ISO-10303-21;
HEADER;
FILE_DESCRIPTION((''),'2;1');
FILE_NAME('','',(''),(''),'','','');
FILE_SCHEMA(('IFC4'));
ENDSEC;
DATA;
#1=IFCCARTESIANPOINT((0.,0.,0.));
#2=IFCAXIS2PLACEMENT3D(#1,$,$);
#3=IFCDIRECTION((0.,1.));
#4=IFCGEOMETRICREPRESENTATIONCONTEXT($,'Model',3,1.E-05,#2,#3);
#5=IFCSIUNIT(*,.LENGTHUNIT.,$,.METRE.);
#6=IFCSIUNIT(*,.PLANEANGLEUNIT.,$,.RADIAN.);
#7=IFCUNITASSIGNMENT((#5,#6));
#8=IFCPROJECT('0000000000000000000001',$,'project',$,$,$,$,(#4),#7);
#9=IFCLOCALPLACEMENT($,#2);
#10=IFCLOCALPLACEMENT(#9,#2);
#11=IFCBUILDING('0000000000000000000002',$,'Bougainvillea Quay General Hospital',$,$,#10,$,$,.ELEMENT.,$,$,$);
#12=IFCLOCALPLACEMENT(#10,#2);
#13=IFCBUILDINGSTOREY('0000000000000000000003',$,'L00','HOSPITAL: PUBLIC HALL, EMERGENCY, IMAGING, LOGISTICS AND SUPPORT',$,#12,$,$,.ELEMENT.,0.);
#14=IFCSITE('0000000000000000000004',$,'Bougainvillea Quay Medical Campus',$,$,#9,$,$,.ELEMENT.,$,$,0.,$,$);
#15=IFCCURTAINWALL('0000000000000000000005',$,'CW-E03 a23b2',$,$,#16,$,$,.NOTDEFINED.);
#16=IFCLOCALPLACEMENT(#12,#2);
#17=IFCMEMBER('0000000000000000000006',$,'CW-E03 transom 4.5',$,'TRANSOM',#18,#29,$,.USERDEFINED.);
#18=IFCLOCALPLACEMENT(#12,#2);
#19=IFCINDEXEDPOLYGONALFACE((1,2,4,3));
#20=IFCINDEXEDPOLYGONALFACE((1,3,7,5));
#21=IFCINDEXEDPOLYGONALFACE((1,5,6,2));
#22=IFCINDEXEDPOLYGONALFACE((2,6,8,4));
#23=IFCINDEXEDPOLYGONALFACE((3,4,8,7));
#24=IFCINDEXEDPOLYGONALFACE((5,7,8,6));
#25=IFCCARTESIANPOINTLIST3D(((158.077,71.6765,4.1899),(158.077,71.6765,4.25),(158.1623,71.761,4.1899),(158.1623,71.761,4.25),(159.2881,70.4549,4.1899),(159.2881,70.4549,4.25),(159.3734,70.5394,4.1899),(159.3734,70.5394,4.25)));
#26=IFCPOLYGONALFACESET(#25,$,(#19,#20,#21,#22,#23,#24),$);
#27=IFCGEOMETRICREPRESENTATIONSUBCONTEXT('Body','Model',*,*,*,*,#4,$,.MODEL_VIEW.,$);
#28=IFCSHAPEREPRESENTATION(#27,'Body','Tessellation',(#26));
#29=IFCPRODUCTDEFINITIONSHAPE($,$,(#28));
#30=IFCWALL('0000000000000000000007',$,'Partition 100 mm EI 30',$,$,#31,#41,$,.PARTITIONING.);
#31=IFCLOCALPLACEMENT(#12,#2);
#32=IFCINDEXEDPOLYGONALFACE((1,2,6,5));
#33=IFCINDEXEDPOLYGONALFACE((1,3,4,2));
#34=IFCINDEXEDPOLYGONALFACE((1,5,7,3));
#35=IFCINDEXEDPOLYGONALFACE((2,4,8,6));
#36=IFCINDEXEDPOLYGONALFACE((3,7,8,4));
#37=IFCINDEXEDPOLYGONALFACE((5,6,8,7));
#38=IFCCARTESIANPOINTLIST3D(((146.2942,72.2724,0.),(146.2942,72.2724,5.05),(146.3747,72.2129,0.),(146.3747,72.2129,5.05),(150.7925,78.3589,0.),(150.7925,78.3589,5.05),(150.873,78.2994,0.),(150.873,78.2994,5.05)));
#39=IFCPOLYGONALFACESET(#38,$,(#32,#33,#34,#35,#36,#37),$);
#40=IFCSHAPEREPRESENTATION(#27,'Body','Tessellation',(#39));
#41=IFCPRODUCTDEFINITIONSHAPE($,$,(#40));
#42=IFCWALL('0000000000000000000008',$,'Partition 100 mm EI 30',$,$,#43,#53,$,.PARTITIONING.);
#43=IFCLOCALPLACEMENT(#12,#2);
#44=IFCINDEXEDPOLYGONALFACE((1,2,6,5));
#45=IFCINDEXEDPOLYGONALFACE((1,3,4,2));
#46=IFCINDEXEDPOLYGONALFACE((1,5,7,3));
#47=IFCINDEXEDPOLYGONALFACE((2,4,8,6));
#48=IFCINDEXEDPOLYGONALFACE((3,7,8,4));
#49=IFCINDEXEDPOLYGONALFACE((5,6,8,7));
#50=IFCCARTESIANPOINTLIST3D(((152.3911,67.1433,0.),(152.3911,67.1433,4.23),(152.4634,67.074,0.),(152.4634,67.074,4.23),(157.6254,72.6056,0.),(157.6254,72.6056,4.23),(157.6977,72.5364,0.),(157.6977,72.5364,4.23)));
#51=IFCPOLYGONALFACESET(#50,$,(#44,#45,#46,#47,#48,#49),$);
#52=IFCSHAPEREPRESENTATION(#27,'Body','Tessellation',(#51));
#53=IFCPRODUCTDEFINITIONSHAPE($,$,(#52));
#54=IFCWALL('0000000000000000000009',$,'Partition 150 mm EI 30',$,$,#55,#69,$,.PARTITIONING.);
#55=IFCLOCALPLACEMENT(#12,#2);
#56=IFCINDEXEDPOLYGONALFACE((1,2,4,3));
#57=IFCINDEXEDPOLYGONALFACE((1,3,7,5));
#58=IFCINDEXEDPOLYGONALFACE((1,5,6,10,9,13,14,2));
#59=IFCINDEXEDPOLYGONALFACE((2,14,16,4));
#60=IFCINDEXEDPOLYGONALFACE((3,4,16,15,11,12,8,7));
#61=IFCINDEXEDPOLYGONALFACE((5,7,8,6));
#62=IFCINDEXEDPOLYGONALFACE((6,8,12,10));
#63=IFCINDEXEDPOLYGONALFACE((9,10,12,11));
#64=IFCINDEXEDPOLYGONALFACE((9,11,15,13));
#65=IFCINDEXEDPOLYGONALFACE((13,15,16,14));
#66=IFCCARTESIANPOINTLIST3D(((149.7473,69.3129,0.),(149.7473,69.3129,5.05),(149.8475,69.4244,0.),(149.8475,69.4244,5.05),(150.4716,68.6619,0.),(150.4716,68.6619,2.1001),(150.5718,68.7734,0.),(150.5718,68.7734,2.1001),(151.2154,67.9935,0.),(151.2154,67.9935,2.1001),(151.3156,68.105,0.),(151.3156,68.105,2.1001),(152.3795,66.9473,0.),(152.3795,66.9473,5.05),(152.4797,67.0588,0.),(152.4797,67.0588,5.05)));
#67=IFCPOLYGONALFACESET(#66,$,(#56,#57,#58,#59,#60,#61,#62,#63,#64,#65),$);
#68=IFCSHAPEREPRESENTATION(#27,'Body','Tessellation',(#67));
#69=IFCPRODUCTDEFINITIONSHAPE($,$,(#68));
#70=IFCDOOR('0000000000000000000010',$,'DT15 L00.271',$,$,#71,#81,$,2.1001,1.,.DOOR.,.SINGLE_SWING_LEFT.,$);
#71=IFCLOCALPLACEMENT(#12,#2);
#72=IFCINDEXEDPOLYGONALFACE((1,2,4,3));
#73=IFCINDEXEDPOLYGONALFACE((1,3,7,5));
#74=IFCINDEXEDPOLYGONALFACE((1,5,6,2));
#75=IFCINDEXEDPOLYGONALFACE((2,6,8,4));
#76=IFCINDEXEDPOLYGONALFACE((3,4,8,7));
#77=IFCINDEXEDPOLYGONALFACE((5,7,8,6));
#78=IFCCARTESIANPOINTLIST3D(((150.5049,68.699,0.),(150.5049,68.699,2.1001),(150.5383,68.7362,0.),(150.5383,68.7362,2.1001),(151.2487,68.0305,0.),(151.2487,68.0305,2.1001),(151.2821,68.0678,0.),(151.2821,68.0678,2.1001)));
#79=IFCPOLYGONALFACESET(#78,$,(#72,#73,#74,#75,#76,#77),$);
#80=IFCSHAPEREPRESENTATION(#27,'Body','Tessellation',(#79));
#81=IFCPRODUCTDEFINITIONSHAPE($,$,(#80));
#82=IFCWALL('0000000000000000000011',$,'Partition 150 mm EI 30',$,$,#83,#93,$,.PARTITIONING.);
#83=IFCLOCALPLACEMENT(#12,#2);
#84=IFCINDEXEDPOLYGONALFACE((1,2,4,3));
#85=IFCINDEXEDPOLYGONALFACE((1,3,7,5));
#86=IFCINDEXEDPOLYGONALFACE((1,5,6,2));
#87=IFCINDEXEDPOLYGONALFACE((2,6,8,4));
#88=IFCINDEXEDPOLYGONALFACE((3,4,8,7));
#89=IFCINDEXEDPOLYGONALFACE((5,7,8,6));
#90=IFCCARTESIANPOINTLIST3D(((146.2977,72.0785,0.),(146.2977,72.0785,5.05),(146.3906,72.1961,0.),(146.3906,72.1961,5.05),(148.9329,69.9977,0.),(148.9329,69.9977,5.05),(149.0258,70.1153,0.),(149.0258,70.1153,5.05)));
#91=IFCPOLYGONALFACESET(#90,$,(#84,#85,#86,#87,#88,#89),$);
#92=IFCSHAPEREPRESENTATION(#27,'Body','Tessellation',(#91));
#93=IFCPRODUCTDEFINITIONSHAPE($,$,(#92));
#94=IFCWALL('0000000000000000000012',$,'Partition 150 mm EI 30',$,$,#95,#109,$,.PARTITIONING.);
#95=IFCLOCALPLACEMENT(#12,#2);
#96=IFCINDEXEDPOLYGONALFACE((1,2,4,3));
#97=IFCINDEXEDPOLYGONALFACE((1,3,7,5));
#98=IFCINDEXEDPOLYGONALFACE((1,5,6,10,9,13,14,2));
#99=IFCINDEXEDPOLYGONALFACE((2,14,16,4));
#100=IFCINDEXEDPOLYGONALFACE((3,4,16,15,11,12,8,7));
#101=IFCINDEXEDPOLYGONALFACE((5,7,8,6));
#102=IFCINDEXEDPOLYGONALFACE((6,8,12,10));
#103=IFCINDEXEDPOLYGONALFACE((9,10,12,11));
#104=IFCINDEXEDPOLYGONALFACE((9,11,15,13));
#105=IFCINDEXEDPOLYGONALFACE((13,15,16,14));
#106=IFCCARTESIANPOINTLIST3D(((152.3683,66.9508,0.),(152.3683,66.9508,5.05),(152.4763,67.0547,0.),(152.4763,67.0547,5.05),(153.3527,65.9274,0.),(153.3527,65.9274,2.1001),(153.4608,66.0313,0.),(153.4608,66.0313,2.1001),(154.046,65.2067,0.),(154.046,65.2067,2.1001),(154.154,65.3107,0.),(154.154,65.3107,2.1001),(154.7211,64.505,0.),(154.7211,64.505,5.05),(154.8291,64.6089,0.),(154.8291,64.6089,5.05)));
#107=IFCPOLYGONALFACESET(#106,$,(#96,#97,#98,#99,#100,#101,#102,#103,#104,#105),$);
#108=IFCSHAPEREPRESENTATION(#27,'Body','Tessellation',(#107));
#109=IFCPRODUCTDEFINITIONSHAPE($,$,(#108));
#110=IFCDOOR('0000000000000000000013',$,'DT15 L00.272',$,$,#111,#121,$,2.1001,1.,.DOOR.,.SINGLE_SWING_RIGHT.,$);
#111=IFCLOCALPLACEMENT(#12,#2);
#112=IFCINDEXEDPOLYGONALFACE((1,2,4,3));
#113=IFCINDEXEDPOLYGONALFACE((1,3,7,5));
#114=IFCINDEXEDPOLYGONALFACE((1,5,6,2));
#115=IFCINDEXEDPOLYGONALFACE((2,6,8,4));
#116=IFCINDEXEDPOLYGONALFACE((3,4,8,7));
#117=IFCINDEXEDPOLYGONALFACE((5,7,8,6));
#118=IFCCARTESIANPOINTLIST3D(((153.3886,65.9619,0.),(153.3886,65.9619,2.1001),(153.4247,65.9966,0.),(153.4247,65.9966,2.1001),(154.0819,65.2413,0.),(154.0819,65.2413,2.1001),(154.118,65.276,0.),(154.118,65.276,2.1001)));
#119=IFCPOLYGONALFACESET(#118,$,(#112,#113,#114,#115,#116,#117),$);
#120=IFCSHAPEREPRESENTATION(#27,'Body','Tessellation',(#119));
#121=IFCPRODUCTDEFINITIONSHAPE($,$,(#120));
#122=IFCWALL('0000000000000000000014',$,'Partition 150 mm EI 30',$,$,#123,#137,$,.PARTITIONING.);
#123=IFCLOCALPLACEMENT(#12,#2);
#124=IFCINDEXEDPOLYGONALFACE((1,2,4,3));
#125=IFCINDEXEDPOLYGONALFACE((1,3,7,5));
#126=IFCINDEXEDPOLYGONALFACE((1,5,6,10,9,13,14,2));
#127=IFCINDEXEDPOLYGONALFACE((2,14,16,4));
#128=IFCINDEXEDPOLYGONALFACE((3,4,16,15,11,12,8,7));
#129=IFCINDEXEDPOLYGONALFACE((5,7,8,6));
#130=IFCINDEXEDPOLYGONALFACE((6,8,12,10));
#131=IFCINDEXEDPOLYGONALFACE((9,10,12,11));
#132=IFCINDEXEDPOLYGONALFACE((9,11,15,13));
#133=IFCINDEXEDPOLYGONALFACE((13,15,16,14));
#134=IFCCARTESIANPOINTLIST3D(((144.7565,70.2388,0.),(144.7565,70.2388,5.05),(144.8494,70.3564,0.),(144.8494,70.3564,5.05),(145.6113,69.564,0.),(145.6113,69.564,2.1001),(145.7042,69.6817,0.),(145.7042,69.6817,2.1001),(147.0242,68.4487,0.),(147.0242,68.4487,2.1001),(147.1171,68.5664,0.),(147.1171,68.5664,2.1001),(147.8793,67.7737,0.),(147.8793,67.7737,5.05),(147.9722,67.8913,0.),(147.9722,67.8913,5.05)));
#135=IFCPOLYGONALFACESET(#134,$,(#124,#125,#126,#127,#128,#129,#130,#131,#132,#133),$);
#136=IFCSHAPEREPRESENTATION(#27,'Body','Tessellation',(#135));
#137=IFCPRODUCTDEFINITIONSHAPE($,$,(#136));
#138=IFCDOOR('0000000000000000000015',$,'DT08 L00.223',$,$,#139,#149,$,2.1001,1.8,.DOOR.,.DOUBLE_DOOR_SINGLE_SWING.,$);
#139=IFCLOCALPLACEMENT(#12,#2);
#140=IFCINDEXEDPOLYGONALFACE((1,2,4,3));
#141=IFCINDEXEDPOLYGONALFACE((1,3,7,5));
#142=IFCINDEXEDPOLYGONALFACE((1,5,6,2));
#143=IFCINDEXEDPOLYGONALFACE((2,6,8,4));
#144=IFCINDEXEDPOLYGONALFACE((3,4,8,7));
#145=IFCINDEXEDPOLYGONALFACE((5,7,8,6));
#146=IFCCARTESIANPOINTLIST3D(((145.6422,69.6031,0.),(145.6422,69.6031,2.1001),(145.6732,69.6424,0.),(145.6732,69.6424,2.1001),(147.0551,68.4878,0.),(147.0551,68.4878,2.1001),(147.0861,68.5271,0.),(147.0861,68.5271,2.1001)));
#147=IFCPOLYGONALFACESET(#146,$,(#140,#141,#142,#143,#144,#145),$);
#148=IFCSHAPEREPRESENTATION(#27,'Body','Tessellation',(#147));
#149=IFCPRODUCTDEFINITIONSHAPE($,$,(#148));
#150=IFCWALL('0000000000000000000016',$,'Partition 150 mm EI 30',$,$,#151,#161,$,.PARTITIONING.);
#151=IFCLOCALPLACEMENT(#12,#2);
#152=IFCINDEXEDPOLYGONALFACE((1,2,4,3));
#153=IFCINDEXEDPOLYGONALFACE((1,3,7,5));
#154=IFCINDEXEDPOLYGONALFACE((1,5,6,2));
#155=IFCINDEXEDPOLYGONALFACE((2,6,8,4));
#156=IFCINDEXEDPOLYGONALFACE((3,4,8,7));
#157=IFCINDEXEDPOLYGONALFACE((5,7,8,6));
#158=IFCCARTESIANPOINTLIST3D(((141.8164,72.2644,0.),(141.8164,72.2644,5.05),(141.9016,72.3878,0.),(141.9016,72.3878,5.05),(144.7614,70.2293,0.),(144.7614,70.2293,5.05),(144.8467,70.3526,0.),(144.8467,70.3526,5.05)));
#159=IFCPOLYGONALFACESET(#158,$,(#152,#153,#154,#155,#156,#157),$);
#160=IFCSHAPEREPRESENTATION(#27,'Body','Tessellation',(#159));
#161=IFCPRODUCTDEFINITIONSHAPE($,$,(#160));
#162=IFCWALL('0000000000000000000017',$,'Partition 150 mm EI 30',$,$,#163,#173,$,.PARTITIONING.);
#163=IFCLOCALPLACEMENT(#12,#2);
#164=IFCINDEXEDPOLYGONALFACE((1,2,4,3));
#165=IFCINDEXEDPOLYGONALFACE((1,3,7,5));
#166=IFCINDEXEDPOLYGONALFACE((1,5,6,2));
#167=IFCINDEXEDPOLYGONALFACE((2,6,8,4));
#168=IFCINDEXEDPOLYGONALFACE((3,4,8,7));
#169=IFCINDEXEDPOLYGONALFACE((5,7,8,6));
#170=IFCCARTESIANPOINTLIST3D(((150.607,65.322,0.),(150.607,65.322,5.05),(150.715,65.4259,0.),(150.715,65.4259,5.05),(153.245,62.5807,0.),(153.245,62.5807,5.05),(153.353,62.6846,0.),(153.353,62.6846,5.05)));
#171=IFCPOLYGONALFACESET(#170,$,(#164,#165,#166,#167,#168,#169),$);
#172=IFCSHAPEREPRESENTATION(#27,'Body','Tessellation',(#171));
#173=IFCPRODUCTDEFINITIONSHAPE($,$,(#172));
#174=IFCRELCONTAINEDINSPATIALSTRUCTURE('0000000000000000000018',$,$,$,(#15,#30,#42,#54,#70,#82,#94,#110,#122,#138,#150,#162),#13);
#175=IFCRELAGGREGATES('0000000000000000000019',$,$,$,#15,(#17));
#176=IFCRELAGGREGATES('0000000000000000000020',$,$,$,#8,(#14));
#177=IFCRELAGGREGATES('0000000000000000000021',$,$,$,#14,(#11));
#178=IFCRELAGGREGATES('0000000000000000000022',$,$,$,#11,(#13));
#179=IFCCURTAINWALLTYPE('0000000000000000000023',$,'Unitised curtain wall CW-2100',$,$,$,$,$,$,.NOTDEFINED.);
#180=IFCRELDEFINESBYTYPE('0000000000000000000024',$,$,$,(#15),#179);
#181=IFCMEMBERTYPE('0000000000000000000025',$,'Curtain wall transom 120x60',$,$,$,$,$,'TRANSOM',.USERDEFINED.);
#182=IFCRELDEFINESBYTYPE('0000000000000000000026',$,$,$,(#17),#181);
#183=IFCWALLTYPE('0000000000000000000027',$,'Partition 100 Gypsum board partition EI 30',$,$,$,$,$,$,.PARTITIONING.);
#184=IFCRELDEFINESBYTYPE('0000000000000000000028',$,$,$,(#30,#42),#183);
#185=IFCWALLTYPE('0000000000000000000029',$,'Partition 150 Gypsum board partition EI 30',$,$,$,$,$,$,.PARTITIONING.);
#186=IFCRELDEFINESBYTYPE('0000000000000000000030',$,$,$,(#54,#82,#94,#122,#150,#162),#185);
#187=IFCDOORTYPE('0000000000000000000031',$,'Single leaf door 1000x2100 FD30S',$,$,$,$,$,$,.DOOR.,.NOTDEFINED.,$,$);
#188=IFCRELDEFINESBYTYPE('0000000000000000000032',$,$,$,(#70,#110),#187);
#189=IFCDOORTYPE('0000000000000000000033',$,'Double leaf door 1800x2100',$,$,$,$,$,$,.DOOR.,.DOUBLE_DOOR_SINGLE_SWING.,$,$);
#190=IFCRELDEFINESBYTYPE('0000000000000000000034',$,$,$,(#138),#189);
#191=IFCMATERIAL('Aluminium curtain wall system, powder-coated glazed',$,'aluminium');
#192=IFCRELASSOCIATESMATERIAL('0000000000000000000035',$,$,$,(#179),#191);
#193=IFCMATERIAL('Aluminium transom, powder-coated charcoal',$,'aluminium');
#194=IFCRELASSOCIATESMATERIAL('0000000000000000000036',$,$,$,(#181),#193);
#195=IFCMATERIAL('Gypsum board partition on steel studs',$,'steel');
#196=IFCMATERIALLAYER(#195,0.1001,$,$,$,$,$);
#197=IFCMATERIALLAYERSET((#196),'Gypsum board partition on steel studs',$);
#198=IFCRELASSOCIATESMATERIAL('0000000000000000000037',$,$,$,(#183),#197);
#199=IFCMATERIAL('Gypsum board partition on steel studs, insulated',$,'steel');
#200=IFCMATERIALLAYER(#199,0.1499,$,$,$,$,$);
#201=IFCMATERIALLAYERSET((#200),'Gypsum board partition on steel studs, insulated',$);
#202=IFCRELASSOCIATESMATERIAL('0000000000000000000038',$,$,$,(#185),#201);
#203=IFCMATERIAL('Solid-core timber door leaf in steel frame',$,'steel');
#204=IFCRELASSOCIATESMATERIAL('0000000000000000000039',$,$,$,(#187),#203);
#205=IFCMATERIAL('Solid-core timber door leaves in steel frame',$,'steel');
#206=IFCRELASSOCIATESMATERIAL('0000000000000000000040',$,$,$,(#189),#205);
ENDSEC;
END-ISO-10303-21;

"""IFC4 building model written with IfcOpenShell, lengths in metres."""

from ifc_helpers import new_model, si_unit, direction, frame, frame_2d, origin, origin_2d, place, context, subcontext, project, spatial, rectangle, extrude, material, layer, layer_set, material_profile, profile_set, type_object, element, fill, aggregate, save


model = new_model("IFC4")

# Units and contexts
model_context = context("Model", 3, precision=1e-05, world=origin(), true_north=direction((0.0, 1.0)))
body_context = subcontext(model_context, "Body", "Model", "MODEL_VIEW")
ifc_project = project(units=[si_unit("LENGTHUNIT", "METRE"), si_unit("PLANEANGLEUNIT", "RADIAN")], contexts=[model_context])

# Site, building, storey
site_placement = place(None, origin())
site = spatial("IfcSite", under=ifc_project, at=site_placement, Name="Bougainvillea Quay Medical Campus", CompositionType="ELEMENT", RefElevation=0.0)
building_placement = place(site_placement, origin())
building = spatial("IfcBuilding", under=site, at=building_placement, Name="Bougainvillea Quay General Hospital", CompositionType="ELEMENT")
storey_placement = place(building_placement, origin())
storey = spatial("IfcBuildingStorey", under=building, at=storey_placement, Name="L00", Description="HOSPITAL: PUBLIC HALL, EMERGENCY, IMAGING, LOGISTICS AND SUPPORT", CompositionType="ELEMENT", Elevation=0.0)

# Curtain wall, member
ifc_material_1 = material(Name="Aluminium curtain wall system, powder-coated glazed", Category="aluminium")
curtain_wall_type = type_object("IfcCurtainWallType", Name="Unitised curtain wall CW-2100", PredefinedType="NOTDEFINED", material=ifc_material_1)
curtain_wall_placement = place(storey_placement, origin())
curtain_wall = element("IfcCurtainWall", 1, at=curtain_wall_placement, inside=storey, type_object=curtain_wall_type, Name="CW-E03 a23b2", PredefinedType="NOTDEFINED")
ifc_material_2 = material(Name="Aluminium transom, powder-coated charcoal", Category="aluminium")
ifc_material_profile_1 = material_profile(ifc_material_2, rectangle(XDim=0.1201, YDim=0.0601, at=origin_2d()))
ifc_profile_set_1 = profile_set([ifc_material_profile_1], Name="Aluminium transom, powder-coated charcoal")
member_type_1 = type_object("IfcMemberType", Name="Curtain wall transom 120x60", ElementType="TRANSOM", PredefinedType="USERDEFINED", material=ifc_profile_set_1)
member_1_placement = place(storey_placement, frame((158.1196, 71.7188, 4.22), z_axis=(0.704049, -0.710151, 0.0), x_axis=(0.710151, 0.704049, 0.0)))
member_1 = element("IfcMember", 2, at=member_1_placement, type_object=member_type_1, Name="CW-E03 transom 4.5", ObjectType="TRANSOM", PredefinedType="USERDEFINED", context=body_context, shape_type="SweptSolid", body=[
    extrude(rectangle(XDim=0.1201, YDim=0.0601, at=origin_2d()), origin(), (0.0, 0.0, 1.0), 1.7202),
])
aggregate(curtain_wall, [member_1])

# Walls
ifc_material_3 = material(Name="Gypsum board partition on steel studs", Category="steel")
ifc_layer_1 = layer(ifc_material_3, 0.1001)
ifc_layer_set_1 = layer_set([ifc_layer_1], Name="Gypsum board partition on steel studs")
wall_type_1 = type_object("IfcWallType", Name="Partition 100 Gypsum board partition EI 30", PredefinedType="PARTITIONING", material=ifc_layer_set_1)
wall_1_placement = place(storey_placement, frame((146.3345, 72.2427, 0.0), z_axis=(0.0, 0.0, 1.0), x_axis=(0.594359, 0.8042, 0.0)))
element("IfcWall", 3, at=wall_1_placement, inside=storey, type_object=wall_type_1, Name="Partition 100 mm EI 30", PredefinedType="PARTITIONING", context=body_context, shape_type="SweptSolid", body=[
    extrude(rectangle(XDim=7.5684, YDim=0.1001, at=frame_2d((3.7842, 0.0))), origin(), (0.0, 0.0, 1.0), 5.05),
])
wall_2_placement = place(storey_placement, frame((152.4272, 67.1086, 0.0), z_axis=(0.0, 0.0, 1.0), x_axis=(0.691876, 0.722016, 0.0)))
element("IfcWall", 4, at=wall_2_placement, inside=storey, type_object=wall_type_1, Name="Partition 100 mm EI 30", PredefinedType="PARTITIONING", context=body_context, shape_type="SweptSolid", body=[
    extrude(rectangle(XDim=7.5654, YDim=0.1001, at=frame_2d((3.7827, 0.0))), origin(), (0.0, 0.0, 1.0), 4.23),
])

# Wall, opening, door
ifc_material_4 = material(Name="Gypsum board partition on steel studs, insulated", Category="steel")
ifc_layer_2 = layer(ifc_material_4, 0.1499)
ifc_layer_set_2 = layer_set([ifc_layer_2], Name="Gypsum board partition on steel studs, insulated")
wall_type_2 = type_object("IfcWallType", Name="Partition 150 Gypsum board partition EI 30", PredefinedType="PARTITIONING", material=ifc_layer_set_2)
wall_3_placement = place(storey_placement, frame((149.7974, 69.3687, 0.0), z_axis=(0.0, 0.0, 1.0), x_axis=(0.743767, -0.668439, 0.0)))
wall_3 = element("IfcWall", 5, at=wall_3_placement, inside=storey, type_object=wall_type_2, Name="Partition 150 mm EI 30", PredefinedType="PARTITIONING", context=body_context, shape_type="SweptSolid", body=[
    extrude(rectangle(XDim=3.5391, YDim=0.1499, at=frame_2d((1.7695, 0.0))), origin(), (0.0, 0.0, 1.0), 5.05),
])
opening_1_placement = place(wall_3_placement, frame((0.9739, 0.0, 0.0)))
opening_1 = element("IfcOpeningElement", 6, at=opening_1_placement, cuts=wall_3, PredefinedType="OPENING", context=body_context, shape_type="SweptSolid", body=[
    extrude(rectangle(XDim=1.0, YDim=2.1001, at=frame_2d((0.5, 1.05))), frame((0.0, 0.085, 0.0), z_axis=(0.0, -1.0, 0.0), x_axis=(1.0, 0.0, 0.0)), (0.0, 0.0, 1.0), 0.1699),
])
ifc_material_5 = material(Name="Solid-core timber door leaf in steel frame", Category="steel")
door_type_1 = type_object("IfcDoorType", Name="Single leaf door 1000x2100 FD30S", OperationType="NOTDEFINED", PredefinedType="DOOR", material=ifc_material_5)
door_1_placement = place(opening_1_placement, origin())
door_1 = element("IfcDoor", 7, at=door_1_placement, inside=storey, type_object=door_type_1, Name="DT15 L00.271", OperationType="SINGLE_SWING_LEFT", OverallHeight=2.1001, OverallWidth=1.0, PredefinedType="DOOR", context=body_context, shape_type="SweptSolid", body=[
    extrude(rectangle(XDim=1.0, YDim=2.1001, at=frame_2d((0.5, 1.05))), frame((0.0, 0.0249, 0.0), z_axis=(0.0, -1.0, 0.0), x_axis=(1.0, 0.0, 0.0)), (0.0, 0.0, 1.0), 0.05),
])
fill(opening_1, door_1)

# Wall
wall_4_placement = place(storey_placement, frame((146.3442, 72.1372, 0.0), z_axis=(0.0, 0.0, 1.0), x_axis=(0.784833, -0.619708, 0.0)))
element("IfcWall", 8, at=wall_4_placement, inside=storey, type_object=wall_type_2, Name="Partition 150 mm EI 30", PredefinedType="PARTITIONING", context=body_context, shape_type="SweptSolid", body=[
    extrude(rectangle(XDim=3.3577, YDim=0.1499, at=frame_2d((1.6787, 0.0))), origin(), (0.0, 0.0, 1.0), 5.05),
])

# Walls, openings, doors
wall_5_placement = place(storey_placement, frame((152.4224, 67.0027, 0.0), z_axis=(0.0, 0.0, 1.0), x_axis=(0.69327, -0.720678, 0.0)))
wall_5 = element("IfcWall", 9, at=wall_5_placement, inside=storey, type_object=wall_type_2, Name="Partition 150 mm EI 30", PredefinedType="PARTITIONING", context=body_context, shape_type="SweptSolid", body=[
    extrude(rectangle(XDim=3.3938, YDim=0.1499, at=frame_2d((1.6968, 0.0))), origin(), (0.0, 0.0, 1.0), 5.05),
])
opening_2_placement = place(wall_5_placement, frame((1.4199, 0.0, 0.0)))
opening_2 = element("IfcOpeningElement", 10, at=opening_2_placement, cuts=wall_5, PredefinedType="OPENING", context=body_context, shape_type="SweptSolid", body=[
    extrude(rectangle(XDim=1.0, YDim=2.1001, at=frame_2d((0.5, 1.05))), frame((0.0, 0.085, 0.0), z_axis=(0.0, -1.0, 0.0), x_axis=(1.0, 0.0, 0.0)), (0.0, 0.0, 1.0), 0.1699),
])
door_2_placement = place(opening_2_placement, origin())
door_2 = element("IfcDoor", 11, at=door_2_placement, inside=storey, type_object=door_type_1, Name="DT15 L00.272", OperationType="SINGLE_SWING_RIGHT", OverallHeight=2.1001, OverallWidth=1.0, PredefinedType="DOOR", context=body_context, shape_type="SweptSolid", body=[
    extrude(rectangle(XDim=1.0, YDim=2.1001, at=frame_2d((0.5, 1.05))), frame((0.0, 0.0249, 0.0), z_axis=(0.0, -1.0, 0.0), x_axis=(1.0, 0.0, 0.0)), (0.0, 0.0, 1.0), 0.05),
])
fill(opening_2, door_2)
wall_6_placement = place(storey_placement, frame((144.803, 70.2976, 0.0), z_axis=(0.0, 0.0, 1.0), x_axis=(0.784917, -0.619601, 0.0)))
wall_6 = element("IfcWall", 12, at=wall_6_placement, inside=storey, type_object=wall_type_2, Name="Partition 150 mm EI 30", PredefinedType="PARTITIONING", context=body_context, shape_type="SweptSolid", body=[
    extrude(rectangle(XDim=3.9785, YDim=0.1499, at=frame_2d((1.9893, 0.0))), origin(), (0.0, 0.0, 1.0), 5.05),
])
opening_3_placement = place(wall_6_placement, frame((1.0891, 0.0, 0.0)))
opening_3 = element("IfcOpeningElement", 13, at=opening_3_placement, cuts=wall_6, PredefinedType="OPENING", context=body_context, shape_type="SweptSolid", body=[
    extrude(rectangle(XDim=1.8, YDim=2.1001, at=frame_2d((0.8999, 1.05))), frame((0.0, 0.085, 0.0), z_axis=(0.0, -1.0, 0.0), x_axis=(1.0, 0.0, 0.0)), (0.0, 0.0, 1.0), 0.1699),
])
ifc_material_6 = material(Name="Solid-core timber door leaves in steel frame", Category="steel")
door_type_2 = type_object("IfcDoorType", Name="Double leaf door 1800x2100", OperationType="DOUBLE_DOOR_SINGLE_SWING", PredefinedType="DOOR", material=ifc_material_6)
door_3_placement = place(opening_3_placement, origin())
door_3 = element("IfcDoor", 14, at=door_3_placement, inside=storey, type_object=door_type_2, Name="DT08 L00.223", OperationType="DOUBLE_DOOR_SINGLE_SWING", OverallHeight=2.1001, OverallWidth=1.8, PredefinedType="DOOR", context=body_context, shape_type="SweptSolid", body=[
    extrude(rectangle(XDim=1.8, YDim=2.1001, at=frame_2d((0.8999, 1.05))), frame((0.0, 0.0249, 0.0), z_axis=(0.0, -1.0, 0.0), x_axis=(1.0, 0.0, 0.0)), (0.0, 0.0, 1.0), 0.05),
])
fill(opening_3, door_3)

# Walls
wall_7_placement = place(storey_placement, frame((141.8589, 72.3262, 0.0), z_axis=(0.0, 0.0, 1.0), x_axis=(0.82268, -0.568504, 0.0)))
element("IfcWall", 15, at=wall_7_placement, inside=storey, type_object=wall_type_2, Name="Partition 150 mm EI 30", PredefinedType="PARTITIONING", context=body_context, shape_type="SweptSolid", body=[
    extrude(rectangle(XDim=3.5798, YDim=0.1499, at=frame_2d((1.79, 0.0))), origin(), (0.0, 0.0, 1.0), 5.05),
])
wall_8_placement = place(storey_placement, frame((150.6609, 65.374, 0.0), z_axis=(0.0, 0.0, 1.0), x_axis=(0.693404, -0.720549, 0.0)))
element("IfcWall", 16, at=wall_8_placement, inside=storey, type_object=wall_type_2, Name="Partition 150 mm EI 30", PredefinedType="PARTITIONING", context=body_context, shape_type="SweptSolid", body=[
    extrude(rectangle(XDim=3.8044, YDim=0.1499, at=frame_2d((1.9023, 0.0))), origin(), (0.0, 0.0, 1.0), 5.05),
])

save(model, "model.ifc")
